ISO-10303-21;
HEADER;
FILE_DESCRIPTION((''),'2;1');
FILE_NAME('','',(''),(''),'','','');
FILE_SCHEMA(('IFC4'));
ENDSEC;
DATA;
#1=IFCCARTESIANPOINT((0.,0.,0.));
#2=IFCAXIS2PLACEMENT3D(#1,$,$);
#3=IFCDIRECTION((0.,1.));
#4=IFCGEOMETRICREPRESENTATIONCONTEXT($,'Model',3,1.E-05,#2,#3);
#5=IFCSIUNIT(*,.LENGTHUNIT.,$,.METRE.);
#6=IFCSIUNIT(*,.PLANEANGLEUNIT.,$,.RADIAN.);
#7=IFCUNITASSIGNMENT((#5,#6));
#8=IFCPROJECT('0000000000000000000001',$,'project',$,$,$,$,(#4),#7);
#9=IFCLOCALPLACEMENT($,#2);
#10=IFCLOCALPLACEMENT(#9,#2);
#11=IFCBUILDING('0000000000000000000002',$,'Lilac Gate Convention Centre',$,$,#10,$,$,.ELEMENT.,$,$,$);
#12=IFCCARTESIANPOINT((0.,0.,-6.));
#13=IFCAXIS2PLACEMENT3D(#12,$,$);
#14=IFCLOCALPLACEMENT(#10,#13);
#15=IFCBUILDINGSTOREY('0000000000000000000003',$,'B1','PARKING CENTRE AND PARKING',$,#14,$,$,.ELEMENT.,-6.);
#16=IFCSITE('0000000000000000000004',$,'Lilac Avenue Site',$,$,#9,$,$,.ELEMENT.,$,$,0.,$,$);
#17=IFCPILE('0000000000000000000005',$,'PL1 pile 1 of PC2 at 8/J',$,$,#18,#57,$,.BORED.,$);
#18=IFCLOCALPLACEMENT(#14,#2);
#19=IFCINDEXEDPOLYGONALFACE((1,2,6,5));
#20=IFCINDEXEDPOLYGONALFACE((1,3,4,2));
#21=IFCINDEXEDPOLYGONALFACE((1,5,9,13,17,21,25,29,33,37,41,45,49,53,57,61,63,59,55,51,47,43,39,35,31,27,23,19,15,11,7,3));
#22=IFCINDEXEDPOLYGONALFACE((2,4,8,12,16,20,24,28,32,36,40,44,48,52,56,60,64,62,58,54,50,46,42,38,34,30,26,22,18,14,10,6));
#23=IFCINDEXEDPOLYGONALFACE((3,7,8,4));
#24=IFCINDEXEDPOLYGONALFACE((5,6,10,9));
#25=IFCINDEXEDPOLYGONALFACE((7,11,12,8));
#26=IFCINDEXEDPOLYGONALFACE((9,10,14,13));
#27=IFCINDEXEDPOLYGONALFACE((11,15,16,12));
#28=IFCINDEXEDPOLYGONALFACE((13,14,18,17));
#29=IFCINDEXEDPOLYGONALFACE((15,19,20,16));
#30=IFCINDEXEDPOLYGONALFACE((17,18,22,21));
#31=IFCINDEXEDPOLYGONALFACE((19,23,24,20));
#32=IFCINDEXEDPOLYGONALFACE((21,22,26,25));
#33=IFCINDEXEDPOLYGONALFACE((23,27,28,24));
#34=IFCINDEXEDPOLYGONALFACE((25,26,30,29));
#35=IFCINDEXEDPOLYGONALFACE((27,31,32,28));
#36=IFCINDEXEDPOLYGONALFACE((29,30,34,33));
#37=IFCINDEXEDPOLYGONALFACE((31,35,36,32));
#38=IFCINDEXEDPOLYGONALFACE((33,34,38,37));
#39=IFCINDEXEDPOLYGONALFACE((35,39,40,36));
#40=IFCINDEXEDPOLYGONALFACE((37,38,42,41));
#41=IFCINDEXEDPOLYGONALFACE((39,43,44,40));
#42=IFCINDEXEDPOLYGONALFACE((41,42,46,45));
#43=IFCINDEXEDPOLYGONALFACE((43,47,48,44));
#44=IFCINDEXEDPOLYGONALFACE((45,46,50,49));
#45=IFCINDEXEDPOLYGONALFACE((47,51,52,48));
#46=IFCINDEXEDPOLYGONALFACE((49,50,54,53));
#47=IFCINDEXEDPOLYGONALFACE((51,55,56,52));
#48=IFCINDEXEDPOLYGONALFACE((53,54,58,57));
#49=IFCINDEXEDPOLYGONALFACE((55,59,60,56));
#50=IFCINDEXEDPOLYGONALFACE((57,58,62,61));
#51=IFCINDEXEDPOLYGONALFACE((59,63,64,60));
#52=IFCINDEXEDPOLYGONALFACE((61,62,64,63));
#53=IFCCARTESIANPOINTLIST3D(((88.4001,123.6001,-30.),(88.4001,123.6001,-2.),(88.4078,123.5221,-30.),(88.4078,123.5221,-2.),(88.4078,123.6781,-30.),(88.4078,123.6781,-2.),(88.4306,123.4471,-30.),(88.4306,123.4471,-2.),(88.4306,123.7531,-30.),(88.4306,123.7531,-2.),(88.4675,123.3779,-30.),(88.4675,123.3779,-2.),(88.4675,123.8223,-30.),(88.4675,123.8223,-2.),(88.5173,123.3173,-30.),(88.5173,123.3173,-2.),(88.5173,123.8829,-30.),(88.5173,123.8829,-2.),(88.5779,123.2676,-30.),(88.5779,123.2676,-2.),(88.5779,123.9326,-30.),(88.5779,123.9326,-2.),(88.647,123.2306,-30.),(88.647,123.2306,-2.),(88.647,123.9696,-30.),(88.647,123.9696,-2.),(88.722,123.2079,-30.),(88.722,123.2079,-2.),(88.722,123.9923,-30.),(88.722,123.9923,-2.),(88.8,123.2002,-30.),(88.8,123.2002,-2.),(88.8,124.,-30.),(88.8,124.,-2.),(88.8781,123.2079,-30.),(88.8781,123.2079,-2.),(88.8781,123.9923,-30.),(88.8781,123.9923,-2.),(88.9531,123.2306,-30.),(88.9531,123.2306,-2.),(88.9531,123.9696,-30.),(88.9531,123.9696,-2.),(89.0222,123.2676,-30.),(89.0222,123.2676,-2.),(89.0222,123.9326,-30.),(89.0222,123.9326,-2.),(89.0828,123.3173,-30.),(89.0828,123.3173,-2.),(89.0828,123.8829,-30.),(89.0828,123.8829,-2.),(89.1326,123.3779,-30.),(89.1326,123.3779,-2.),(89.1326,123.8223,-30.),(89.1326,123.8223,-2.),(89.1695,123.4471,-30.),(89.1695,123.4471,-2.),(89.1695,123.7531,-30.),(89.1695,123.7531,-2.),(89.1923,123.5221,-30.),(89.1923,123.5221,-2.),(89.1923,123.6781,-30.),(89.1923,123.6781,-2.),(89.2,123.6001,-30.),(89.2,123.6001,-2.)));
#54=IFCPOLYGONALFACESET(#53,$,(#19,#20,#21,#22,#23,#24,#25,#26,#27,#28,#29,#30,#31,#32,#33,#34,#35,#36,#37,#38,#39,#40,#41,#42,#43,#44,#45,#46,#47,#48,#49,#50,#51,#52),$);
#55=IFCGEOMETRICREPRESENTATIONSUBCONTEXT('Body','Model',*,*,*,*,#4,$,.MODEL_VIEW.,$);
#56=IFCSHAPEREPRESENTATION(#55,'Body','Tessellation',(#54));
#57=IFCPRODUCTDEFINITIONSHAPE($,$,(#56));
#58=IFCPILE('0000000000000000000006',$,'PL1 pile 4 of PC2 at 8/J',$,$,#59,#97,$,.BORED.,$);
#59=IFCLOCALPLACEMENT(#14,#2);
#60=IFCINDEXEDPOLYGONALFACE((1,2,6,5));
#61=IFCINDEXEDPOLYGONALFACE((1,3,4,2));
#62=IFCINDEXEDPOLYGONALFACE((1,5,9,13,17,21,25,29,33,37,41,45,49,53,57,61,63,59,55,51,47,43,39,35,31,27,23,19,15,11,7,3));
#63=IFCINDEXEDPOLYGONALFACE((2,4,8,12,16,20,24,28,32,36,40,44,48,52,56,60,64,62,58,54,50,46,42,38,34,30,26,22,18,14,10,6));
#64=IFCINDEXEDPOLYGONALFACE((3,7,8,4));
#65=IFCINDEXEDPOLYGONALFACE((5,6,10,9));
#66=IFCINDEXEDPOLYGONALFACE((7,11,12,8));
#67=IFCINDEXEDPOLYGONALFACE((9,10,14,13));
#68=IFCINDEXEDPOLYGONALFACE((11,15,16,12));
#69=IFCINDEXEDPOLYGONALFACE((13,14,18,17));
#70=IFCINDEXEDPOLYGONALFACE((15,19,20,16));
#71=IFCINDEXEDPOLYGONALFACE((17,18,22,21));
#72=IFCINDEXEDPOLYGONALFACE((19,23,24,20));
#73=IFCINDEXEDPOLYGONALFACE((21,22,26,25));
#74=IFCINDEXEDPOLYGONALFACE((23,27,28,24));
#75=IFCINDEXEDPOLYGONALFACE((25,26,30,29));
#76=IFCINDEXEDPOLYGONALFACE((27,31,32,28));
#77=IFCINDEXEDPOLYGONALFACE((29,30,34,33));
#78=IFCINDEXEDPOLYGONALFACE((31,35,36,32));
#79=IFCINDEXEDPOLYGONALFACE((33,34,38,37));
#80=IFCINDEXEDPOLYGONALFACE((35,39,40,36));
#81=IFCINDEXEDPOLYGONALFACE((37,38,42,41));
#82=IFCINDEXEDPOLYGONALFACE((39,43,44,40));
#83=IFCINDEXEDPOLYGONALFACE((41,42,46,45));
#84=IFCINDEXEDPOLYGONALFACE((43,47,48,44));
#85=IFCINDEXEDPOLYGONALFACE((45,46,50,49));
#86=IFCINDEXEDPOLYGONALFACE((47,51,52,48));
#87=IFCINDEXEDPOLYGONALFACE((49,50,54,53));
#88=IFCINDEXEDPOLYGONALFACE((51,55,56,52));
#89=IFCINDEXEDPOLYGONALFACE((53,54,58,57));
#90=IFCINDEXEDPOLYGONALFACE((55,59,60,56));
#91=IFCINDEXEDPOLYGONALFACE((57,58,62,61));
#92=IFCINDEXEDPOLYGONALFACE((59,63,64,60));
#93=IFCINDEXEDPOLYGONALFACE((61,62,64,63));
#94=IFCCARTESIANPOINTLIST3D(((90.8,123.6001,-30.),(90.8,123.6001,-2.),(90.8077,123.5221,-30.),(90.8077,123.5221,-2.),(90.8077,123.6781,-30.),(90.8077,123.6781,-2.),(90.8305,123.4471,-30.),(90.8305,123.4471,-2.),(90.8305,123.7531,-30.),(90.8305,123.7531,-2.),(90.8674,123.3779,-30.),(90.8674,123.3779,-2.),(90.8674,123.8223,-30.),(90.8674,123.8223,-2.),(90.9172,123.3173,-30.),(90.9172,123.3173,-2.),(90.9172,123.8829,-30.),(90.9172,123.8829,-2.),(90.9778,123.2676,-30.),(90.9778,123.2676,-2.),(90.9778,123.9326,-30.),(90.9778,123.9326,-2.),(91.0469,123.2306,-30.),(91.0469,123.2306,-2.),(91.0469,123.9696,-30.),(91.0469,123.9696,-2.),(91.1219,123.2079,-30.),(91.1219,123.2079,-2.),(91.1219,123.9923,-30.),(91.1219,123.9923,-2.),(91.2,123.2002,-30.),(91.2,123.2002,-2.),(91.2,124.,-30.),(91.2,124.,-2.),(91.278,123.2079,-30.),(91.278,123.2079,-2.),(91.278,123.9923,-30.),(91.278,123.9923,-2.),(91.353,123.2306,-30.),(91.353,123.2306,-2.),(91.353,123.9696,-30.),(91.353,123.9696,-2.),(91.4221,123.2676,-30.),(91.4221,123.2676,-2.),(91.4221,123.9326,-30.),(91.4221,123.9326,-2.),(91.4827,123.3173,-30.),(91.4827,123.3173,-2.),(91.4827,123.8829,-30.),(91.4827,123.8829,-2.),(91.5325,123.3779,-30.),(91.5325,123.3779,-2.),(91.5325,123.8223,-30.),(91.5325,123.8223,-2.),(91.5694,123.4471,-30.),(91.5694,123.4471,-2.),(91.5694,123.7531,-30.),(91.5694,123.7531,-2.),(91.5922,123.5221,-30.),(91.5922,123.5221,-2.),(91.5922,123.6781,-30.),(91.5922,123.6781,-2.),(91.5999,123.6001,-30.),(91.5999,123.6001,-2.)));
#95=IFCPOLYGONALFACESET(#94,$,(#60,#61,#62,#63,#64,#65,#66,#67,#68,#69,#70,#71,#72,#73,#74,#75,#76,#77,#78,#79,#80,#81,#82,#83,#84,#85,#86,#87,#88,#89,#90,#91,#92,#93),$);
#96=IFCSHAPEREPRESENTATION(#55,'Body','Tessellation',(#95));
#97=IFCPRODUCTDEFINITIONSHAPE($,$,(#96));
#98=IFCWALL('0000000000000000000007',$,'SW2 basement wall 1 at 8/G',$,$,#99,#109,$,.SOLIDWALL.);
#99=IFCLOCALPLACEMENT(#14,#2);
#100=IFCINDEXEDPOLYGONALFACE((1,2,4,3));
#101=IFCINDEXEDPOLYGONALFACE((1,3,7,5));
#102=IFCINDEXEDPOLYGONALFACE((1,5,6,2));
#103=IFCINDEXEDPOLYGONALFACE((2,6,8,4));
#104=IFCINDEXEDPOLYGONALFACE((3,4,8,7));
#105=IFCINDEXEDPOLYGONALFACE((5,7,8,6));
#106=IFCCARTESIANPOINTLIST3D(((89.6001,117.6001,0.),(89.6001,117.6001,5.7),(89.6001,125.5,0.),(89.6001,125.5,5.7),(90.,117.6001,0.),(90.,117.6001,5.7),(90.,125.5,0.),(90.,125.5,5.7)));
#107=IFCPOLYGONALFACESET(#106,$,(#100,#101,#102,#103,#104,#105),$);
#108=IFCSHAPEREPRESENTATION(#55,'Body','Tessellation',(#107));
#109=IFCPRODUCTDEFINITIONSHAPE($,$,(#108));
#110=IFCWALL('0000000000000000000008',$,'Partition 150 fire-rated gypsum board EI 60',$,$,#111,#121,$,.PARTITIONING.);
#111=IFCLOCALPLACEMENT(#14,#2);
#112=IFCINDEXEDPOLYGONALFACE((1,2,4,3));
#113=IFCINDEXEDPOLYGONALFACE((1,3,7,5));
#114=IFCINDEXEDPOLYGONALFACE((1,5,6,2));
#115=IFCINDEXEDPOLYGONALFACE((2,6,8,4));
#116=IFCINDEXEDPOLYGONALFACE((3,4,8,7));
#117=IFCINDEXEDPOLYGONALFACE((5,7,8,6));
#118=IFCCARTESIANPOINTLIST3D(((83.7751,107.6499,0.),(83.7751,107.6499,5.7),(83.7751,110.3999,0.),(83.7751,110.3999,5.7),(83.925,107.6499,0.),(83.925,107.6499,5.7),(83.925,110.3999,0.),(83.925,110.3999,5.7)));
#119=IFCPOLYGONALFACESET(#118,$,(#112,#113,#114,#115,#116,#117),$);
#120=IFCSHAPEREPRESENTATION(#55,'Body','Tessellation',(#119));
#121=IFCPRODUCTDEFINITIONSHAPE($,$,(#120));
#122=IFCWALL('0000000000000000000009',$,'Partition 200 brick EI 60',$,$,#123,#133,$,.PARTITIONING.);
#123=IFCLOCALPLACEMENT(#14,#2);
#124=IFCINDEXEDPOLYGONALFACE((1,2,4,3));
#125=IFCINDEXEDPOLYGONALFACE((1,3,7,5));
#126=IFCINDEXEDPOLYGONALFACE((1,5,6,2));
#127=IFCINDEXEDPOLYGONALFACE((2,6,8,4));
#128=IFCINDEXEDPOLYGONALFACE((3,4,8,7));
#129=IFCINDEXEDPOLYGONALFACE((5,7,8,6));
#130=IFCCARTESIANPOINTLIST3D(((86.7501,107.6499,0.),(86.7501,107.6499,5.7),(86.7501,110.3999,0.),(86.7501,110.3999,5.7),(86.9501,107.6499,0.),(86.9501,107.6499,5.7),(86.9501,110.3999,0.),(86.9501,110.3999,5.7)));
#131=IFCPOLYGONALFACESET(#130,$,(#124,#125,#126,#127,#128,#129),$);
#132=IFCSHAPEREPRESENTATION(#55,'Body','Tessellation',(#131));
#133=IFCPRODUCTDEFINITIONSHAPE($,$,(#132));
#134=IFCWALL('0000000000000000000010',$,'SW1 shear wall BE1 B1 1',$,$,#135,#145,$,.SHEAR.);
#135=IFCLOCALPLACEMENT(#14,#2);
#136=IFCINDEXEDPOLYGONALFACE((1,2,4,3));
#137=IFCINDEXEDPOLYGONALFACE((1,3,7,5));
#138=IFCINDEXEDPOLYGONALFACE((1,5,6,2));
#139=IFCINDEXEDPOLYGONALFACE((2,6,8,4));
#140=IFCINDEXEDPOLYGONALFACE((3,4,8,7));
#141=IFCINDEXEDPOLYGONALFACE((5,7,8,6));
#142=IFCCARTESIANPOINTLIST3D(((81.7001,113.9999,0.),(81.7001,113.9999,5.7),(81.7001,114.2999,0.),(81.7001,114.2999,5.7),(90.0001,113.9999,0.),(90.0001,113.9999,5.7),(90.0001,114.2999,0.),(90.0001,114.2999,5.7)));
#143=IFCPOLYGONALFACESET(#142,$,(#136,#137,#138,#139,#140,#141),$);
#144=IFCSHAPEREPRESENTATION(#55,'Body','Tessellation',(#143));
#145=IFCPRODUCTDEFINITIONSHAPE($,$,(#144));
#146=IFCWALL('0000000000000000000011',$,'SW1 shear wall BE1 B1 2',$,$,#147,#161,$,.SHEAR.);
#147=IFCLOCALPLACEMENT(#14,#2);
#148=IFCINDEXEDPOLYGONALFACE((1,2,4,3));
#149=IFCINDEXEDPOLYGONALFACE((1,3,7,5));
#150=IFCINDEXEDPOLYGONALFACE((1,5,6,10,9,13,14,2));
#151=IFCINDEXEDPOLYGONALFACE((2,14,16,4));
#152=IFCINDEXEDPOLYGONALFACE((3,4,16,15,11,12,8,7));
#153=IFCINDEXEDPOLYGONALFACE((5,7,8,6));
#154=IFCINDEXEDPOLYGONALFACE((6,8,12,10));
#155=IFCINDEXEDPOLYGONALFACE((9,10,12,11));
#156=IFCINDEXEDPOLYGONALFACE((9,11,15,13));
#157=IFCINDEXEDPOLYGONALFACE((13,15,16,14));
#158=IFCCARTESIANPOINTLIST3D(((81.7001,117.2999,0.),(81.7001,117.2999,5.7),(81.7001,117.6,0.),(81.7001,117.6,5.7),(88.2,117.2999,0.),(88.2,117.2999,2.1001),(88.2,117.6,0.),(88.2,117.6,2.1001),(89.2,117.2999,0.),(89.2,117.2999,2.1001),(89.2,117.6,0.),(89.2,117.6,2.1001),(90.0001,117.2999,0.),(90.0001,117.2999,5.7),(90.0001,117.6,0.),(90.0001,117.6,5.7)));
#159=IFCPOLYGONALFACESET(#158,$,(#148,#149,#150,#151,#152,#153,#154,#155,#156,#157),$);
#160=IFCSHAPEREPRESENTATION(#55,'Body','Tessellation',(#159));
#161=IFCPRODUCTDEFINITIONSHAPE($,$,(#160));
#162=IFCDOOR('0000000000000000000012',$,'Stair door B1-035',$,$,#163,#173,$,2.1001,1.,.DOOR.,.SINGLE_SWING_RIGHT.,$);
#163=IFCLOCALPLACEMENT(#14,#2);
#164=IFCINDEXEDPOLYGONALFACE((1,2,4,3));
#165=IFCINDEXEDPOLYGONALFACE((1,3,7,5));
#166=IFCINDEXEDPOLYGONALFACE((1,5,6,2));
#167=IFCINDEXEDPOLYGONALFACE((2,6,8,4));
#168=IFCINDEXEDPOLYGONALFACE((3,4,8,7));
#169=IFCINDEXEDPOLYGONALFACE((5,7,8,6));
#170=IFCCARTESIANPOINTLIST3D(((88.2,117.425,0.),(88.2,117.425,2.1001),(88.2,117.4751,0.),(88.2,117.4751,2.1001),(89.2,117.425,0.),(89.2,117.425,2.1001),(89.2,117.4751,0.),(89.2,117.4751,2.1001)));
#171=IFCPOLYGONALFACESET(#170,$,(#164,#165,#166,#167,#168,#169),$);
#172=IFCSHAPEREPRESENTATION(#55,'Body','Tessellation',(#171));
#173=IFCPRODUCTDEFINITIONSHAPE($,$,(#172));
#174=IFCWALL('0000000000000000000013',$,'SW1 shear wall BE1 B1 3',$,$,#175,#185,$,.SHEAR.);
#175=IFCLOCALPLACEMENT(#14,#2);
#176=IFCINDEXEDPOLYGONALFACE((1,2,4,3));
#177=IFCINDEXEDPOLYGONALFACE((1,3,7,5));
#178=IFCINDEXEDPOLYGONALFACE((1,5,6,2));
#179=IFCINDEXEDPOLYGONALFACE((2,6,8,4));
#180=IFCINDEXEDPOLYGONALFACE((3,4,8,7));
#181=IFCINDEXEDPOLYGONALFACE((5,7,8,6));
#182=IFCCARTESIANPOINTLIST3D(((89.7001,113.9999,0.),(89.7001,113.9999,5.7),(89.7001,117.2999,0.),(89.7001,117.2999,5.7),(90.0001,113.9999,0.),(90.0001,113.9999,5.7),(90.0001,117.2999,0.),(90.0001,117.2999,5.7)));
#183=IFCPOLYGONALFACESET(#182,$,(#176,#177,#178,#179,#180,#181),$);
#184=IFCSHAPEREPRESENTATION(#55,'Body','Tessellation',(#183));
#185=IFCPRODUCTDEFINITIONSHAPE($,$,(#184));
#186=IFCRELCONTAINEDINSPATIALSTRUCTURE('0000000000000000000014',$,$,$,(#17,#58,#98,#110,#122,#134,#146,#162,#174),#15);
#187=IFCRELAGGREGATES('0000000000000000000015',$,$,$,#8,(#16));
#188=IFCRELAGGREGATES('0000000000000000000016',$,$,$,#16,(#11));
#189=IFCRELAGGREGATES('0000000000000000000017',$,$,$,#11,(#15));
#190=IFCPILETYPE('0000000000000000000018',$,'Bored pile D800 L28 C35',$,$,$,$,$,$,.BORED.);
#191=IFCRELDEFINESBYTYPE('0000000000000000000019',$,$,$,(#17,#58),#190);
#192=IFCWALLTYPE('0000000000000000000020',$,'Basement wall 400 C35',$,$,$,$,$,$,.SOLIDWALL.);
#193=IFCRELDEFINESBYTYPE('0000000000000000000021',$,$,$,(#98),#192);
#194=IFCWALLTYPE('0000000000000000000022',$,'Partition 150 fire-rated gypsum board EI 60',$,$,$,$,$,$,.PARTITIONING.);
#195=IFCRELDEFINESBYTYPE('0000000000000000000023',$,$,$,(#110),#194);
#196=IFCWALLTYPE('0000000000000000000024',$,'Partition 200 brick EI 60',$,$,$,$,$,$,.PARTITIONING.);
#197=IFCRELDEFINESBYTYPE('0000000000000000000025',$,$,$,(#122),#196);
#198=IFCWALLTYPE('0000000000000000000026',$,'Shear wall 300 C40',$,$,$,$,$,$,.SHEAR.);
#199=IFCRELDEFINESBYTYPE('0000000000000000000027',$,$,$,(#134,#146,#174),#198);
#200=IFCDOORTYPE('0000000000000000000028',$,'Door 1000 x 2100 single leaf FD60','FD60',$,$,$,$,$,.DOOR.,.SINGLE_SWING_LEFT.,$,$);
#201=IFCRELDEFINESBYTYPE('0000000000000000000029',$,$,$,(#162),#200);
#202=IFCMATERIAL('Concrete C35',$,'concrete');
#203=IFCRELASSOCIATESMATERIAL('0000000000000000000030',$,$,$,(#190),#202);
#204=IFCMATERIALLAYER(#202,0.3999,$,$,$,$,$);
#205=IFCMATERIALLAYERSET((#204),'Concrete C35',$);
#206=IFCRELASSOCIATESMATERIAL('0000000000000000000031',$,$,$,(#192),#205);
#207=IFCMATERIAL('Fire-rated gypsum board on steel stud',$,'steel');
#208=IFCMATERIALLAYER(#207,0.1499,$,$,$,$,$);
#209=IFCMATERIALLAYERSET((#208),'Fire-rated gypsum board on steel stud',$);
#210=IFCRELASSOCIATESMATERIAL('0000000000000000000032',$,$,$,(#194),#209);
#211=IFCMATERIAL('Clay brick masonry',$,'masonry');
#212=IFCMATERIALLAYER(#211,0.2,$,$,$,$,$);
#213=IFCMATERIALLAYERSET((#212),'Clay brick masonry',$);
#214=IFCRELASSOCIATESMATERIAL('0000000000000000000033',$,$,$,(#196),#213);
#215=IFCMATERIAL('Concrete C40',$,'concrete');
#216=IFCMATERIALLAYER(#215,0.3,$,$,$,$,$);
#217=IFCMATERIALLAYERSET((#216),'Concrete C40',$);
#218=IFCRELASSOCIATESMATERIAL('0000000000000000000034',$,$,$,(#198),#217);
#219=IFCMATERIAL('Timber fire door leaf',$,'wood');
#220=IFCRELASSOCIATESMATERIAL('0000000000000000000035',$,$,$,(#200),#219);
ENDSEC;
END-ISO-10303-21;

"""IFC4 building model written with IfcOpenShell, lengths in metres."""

from ifc_helpers import new_model, si_unit, direction, frame, frame_2d, origin, origin_2d, place, context, subcontext, project, spatial, rectangle, circle, extrude, material, layer, layer_set, material_profile, profile_set, type_object, element, fill, save


model = new_model("IFC4")

# Units and contexts
model_context = context("Model", 3, precision=1e-05, world=origin(), true_north=direction((0.0, 1.0)))
body_context = subcontext(model_context, "Body", "Model", "MODEL_VIEW")
ifc_project = project(units=[si_unit("LENGTHUNIT", "METRE"), si_unit("PLANEANGLEUNIT", "RADIAN")], contexts=[model_context])

# Site, building, storey
site_placement = place(None, origin())
site = spatial("IfcSite", under=ifc_project, at=site_placement, Name="Lilac Avenue Site", CompositionType="ELEMENT", RefElevation=0.0)
building_placement = place(site_placement, origin())
building = spatial("IfcBuilding", under=site, at=building_placement, Name="Lilac Gate Convention Centre", CompositionType="ELEMENT")
storey_placement = place(building_placement, frame((0.0, 0.0, -6.0)))
storey = spatial("IfcBuildingStorey", under=building, at=storey_placement, Name="B1", Description="PARKING CENTRE AND PARKING", CompositionType="ELEMENT", Elevation=-6.0)

# Piles
ifc_material_1 = material(Name="Concrete C35", Category="concrete")
ifc_material_profile = material_profile(ifc_material_1, circle(Radius=0.3999, at=origin_2d()), Name="D800")
ifc_profile_set = profile_set([ifc_material_profile], Name="Concrete C35")
pile_type = type_object("IfcPileType", Name="Bored pile D800 L28 C35", PredefinedType="BORED", material=ifc_profile_set)
for number, where, z_axis, x_axis, name in (
    (1, (88.8, 123.6001, -2.0), (0.0, 0.0, -1.0), (1.0, 0.0, 0.0), "PL1 pile 1 of PC2 at 8/J"),
    (2, (91.2, 123.6001, -2.0), (0.0, 0.0, -1.0), (1.0, 0.0, 0.0), "PL1 pile 4 of PC2 at 8/J"),
):
    element("IfcPile", number, at=place(storey_placement, frame(where, z_axis=z_axis, x_axis=x_axis)), inside=storey, type_object=pile_type, Name=name, PredefinedType="BORED", context=body_context, shape_type="SweptSolid", body=[
        extrude(circle(Radius=0.3999, at=origin_2d()), origin(), (0.0, 0.0, 1.0), 28.0),
    ])

# Walls
ifc_layer_1 = layer(ifc_material_1, 0.3999)
ifc_layer_set_1 = layer_set([ifc_layer_1], Name="Concrete C35")
wall_type_1 = type_object("IfcWallType", Name="Basement wall 400 C35", PredefinedType="SOLIDWALL", material=ifc_layer_set_1)
wall_1_placement = place(storey_placement, frame((89.8, 117.6001, 0.0), z_axis=(0.0, 0.0, 1.0), x_axis=(0.0, 1.0, 0.0)))
element("IfcWall", 3, at=wall_1_placement, inside=storey, type_object=wall_type_1, Name="SW2 basement wall 1 at 8/G", PredefinedType="SOLIDWALL", context=body_context, shape_type="SweptSolid", body=[
    extrude(rectangle(XDim=7.8999, YDim=0.3999, at=frame_2d((3.95, 0.0))), origin(), (0.0, 0.0, 1.0), 5.7),
])
ifc_material_2 = material(Name="Fire-rated gypsum board on steel stud", Category="steel")
ifc_layer_2 = layer(ifc_material_2, 0.1499)
ifc_layer_set_2 = layer_set([ifc_layer_2], Name="Fire-rated gypsum board on steel stud")
wall_type_2 = type_object("IfcWallType", Name="Partition 150 fire-rated gypsum board EI 60", PredefinedType="PARTITIONING", material=ifc_layer_set_2)
wall_2_placement = place(storey_placement, frame((83.8501, 107.6499, 0.0), z_axis=(0.0, 0.0, 1.0), x_axis=(0.0, 1.0, 0.0)))
element("IfcWall", 4, at=wall_2_placement, inside=storey, type_object=wall_type_2, Name="Partition 150 fire-rated gypsum board EI 60", PredefinedType="PARTITIONING", context=body_context, shape_type="SweptSolid", body=[
    extrude(rectangle(XDim=2.75, YDim=0.1499, at=frame_2d((1.375, 0.0))), origin(), (0.0, 0.0, 1.0), 5.7),
])
ifc_material_3 = material(Name="Clay brick masonry", Category="masonry")
ifc_layer_3 = layer(ifc_material_3, 0.2)
ifc_layer_set_3 = layer_set([ifc_layer_3], Name="Clay brick masonry")
wall_type_3 = type_object("IfcWallType", Name="Partition 200 brick EI 60", PredefinedType="PARTITIONING", material=ifc_layer_set_3)
wall_3_placement = place(storey_placement, frame((86.8501, 107.6499, 0.0), z_axis=(0.0, 0.0, 1.0), x_axis=(0.0, 1.0, 0.0)))
element("IfcWall", 5, at=wall_3_placement, inside=storey, type_object=wall_type_3, Name="Partition 200 brick EI 60", PredefinedType="PARTITIONING", context=body_context, shape_type="SweptSolid", body=[
    extrude(rectangle(XDim=2.75, YDim=0.2, at=frame_2d((1.375, 0.0))), origin(), (0.0, 0.0, 1.0), 5.7),
])
ifc_material_4 = material(Name="Concrete C40", Category="concrete")
ifc_layer_4 = layer(ifc_material_4, 0.3)
ifc_layer_set_4 = layer_set([ifc_layer_4], Name="Concrete C40")
wall_type_4 = type_object("IfcWallType", Name="Shear wall 300 C40", PredefinedType="SHEAR", material=ifc_layer_set_4)
wall_4_placement = place(storey_placement, frame((90.0, 114.1499, 0.0), z_axis=(0.0, 0.0, 1.0), x_axis=(-1.0, 0.0, 0.0)))
element("IfcWall", 6, at=wall_4_placement, inside=storey, type_object=wall_type_4, Name="SW1 shear wall BE1 B1 1", PredefinedType="SHEAR", context=body_context, shape_type="SweptSolid", body=[
    extrude(rectangle(XDim=8.3, YDim=0.3, at=frame_2d((4.1499, 0.0))), origin(), (0.0, 0.0, 1.0), 5.7),
])

# Wall, opening, door
wall_5_placement = place(storey_placement, frame((90.0, 117.45, 0.0), z_axis=(0.0, 0.0, 1.0), x_axis=(-1.0, 0.0, 0.0)))
wall_5 = element("IfcWall", 7, at=wall_5_placement, inside=storey, type_object=wall_type_4, Name="SW1 shear wall BE1 B1 2", PredefinedType="SHEAR", context=body_context, shape_type="SweptSolid", body=[
    extrude(rectangle(XDim=8.3, YDim=0.3, at=frame_2d((4.1499, 0.0))), origin(), (0.0, 0.0, 1.0), 5.7),
])
opening_1_placement = place(wall_5_placement, frame((0.8, 0.0, 0.0)))
opening_1 = element("IfcOpeningElement", 8, at=opening_1_placement, cuts=wall_5, PredefinedType="OPENING", context=body_context, shape_type="SweptSolid", body=[
    extrude(rectangle(XDim=1.0, YDim=2.1001, at=frame_2d((0.5, 1.05))), frame((0.0, 0.1599, 0.0), z_axis=(0.0, -1.0, 0.0), x_axis=(1.0, 0.0, 0.0)), (0.0, 0.0, 1.0), 0.3201),
])
ifc_material_5 = material(Name="Timber fire door leaf", Category="wood")
door_type_1 = type_object("IfcDoorType", Name="Door 1000 x 2100 single leaf FD60", Description="FD60", OperationType="SINGLE_SWING_LEFT", PredefinedType="DOOR", material=ifc_material_5)
door_1_placement = place(opening_1_placement, origin())
door_1 = element("IfcDoor", 9, at=door_1_placement, inside=storey, type_object=door_type_1, Name="Stair door B1-035", OperationType="SINGLE_SWING_RIGHT", OverallHeight=2.1001, OverallWidth=1.0, PredefinedType="DOOR", context=body_context, shape_type="SweptSolid", body=[
    extrude(rectangle(XDim=1.0, YDim=2.1001, at=frame_2d((0.5, 1.05))), frame((0.0, 0.0249, 0.0), z_axis=(0.0, -1.0, 0.0), x_axis=(1.0, 0.0, 0.0)), (0.0, 0.0, 1.0), 0.05),
])
fill(opening_1, door_1)

# Wall
for number, where, z_axis, x_axis, name in (
    (10, (89.8501, 114.0, 0.0), (0.0, 0.0, 1.0), (0.0, 1.0, 0.0), "SW1 shear wall BE1 B1 3"),
):
    element("IfcWall", number, at=place(storey_placement, frame(where, z_axis=z_axis, x_axis=x_axis)), inside=storey, type_object=wall_type_4, Name=name, PredefinedType="SHEAR", context=body_context, shape_type="SweptSolid", body=[
        extrude(rectangle(XDim=3.3, YDim=0.3, at=frame_2d((1.6499, 0.0))), origin(), (0.0, 0.0, 1.0), 5.7),
    ])

save(model, "model.ifc")
